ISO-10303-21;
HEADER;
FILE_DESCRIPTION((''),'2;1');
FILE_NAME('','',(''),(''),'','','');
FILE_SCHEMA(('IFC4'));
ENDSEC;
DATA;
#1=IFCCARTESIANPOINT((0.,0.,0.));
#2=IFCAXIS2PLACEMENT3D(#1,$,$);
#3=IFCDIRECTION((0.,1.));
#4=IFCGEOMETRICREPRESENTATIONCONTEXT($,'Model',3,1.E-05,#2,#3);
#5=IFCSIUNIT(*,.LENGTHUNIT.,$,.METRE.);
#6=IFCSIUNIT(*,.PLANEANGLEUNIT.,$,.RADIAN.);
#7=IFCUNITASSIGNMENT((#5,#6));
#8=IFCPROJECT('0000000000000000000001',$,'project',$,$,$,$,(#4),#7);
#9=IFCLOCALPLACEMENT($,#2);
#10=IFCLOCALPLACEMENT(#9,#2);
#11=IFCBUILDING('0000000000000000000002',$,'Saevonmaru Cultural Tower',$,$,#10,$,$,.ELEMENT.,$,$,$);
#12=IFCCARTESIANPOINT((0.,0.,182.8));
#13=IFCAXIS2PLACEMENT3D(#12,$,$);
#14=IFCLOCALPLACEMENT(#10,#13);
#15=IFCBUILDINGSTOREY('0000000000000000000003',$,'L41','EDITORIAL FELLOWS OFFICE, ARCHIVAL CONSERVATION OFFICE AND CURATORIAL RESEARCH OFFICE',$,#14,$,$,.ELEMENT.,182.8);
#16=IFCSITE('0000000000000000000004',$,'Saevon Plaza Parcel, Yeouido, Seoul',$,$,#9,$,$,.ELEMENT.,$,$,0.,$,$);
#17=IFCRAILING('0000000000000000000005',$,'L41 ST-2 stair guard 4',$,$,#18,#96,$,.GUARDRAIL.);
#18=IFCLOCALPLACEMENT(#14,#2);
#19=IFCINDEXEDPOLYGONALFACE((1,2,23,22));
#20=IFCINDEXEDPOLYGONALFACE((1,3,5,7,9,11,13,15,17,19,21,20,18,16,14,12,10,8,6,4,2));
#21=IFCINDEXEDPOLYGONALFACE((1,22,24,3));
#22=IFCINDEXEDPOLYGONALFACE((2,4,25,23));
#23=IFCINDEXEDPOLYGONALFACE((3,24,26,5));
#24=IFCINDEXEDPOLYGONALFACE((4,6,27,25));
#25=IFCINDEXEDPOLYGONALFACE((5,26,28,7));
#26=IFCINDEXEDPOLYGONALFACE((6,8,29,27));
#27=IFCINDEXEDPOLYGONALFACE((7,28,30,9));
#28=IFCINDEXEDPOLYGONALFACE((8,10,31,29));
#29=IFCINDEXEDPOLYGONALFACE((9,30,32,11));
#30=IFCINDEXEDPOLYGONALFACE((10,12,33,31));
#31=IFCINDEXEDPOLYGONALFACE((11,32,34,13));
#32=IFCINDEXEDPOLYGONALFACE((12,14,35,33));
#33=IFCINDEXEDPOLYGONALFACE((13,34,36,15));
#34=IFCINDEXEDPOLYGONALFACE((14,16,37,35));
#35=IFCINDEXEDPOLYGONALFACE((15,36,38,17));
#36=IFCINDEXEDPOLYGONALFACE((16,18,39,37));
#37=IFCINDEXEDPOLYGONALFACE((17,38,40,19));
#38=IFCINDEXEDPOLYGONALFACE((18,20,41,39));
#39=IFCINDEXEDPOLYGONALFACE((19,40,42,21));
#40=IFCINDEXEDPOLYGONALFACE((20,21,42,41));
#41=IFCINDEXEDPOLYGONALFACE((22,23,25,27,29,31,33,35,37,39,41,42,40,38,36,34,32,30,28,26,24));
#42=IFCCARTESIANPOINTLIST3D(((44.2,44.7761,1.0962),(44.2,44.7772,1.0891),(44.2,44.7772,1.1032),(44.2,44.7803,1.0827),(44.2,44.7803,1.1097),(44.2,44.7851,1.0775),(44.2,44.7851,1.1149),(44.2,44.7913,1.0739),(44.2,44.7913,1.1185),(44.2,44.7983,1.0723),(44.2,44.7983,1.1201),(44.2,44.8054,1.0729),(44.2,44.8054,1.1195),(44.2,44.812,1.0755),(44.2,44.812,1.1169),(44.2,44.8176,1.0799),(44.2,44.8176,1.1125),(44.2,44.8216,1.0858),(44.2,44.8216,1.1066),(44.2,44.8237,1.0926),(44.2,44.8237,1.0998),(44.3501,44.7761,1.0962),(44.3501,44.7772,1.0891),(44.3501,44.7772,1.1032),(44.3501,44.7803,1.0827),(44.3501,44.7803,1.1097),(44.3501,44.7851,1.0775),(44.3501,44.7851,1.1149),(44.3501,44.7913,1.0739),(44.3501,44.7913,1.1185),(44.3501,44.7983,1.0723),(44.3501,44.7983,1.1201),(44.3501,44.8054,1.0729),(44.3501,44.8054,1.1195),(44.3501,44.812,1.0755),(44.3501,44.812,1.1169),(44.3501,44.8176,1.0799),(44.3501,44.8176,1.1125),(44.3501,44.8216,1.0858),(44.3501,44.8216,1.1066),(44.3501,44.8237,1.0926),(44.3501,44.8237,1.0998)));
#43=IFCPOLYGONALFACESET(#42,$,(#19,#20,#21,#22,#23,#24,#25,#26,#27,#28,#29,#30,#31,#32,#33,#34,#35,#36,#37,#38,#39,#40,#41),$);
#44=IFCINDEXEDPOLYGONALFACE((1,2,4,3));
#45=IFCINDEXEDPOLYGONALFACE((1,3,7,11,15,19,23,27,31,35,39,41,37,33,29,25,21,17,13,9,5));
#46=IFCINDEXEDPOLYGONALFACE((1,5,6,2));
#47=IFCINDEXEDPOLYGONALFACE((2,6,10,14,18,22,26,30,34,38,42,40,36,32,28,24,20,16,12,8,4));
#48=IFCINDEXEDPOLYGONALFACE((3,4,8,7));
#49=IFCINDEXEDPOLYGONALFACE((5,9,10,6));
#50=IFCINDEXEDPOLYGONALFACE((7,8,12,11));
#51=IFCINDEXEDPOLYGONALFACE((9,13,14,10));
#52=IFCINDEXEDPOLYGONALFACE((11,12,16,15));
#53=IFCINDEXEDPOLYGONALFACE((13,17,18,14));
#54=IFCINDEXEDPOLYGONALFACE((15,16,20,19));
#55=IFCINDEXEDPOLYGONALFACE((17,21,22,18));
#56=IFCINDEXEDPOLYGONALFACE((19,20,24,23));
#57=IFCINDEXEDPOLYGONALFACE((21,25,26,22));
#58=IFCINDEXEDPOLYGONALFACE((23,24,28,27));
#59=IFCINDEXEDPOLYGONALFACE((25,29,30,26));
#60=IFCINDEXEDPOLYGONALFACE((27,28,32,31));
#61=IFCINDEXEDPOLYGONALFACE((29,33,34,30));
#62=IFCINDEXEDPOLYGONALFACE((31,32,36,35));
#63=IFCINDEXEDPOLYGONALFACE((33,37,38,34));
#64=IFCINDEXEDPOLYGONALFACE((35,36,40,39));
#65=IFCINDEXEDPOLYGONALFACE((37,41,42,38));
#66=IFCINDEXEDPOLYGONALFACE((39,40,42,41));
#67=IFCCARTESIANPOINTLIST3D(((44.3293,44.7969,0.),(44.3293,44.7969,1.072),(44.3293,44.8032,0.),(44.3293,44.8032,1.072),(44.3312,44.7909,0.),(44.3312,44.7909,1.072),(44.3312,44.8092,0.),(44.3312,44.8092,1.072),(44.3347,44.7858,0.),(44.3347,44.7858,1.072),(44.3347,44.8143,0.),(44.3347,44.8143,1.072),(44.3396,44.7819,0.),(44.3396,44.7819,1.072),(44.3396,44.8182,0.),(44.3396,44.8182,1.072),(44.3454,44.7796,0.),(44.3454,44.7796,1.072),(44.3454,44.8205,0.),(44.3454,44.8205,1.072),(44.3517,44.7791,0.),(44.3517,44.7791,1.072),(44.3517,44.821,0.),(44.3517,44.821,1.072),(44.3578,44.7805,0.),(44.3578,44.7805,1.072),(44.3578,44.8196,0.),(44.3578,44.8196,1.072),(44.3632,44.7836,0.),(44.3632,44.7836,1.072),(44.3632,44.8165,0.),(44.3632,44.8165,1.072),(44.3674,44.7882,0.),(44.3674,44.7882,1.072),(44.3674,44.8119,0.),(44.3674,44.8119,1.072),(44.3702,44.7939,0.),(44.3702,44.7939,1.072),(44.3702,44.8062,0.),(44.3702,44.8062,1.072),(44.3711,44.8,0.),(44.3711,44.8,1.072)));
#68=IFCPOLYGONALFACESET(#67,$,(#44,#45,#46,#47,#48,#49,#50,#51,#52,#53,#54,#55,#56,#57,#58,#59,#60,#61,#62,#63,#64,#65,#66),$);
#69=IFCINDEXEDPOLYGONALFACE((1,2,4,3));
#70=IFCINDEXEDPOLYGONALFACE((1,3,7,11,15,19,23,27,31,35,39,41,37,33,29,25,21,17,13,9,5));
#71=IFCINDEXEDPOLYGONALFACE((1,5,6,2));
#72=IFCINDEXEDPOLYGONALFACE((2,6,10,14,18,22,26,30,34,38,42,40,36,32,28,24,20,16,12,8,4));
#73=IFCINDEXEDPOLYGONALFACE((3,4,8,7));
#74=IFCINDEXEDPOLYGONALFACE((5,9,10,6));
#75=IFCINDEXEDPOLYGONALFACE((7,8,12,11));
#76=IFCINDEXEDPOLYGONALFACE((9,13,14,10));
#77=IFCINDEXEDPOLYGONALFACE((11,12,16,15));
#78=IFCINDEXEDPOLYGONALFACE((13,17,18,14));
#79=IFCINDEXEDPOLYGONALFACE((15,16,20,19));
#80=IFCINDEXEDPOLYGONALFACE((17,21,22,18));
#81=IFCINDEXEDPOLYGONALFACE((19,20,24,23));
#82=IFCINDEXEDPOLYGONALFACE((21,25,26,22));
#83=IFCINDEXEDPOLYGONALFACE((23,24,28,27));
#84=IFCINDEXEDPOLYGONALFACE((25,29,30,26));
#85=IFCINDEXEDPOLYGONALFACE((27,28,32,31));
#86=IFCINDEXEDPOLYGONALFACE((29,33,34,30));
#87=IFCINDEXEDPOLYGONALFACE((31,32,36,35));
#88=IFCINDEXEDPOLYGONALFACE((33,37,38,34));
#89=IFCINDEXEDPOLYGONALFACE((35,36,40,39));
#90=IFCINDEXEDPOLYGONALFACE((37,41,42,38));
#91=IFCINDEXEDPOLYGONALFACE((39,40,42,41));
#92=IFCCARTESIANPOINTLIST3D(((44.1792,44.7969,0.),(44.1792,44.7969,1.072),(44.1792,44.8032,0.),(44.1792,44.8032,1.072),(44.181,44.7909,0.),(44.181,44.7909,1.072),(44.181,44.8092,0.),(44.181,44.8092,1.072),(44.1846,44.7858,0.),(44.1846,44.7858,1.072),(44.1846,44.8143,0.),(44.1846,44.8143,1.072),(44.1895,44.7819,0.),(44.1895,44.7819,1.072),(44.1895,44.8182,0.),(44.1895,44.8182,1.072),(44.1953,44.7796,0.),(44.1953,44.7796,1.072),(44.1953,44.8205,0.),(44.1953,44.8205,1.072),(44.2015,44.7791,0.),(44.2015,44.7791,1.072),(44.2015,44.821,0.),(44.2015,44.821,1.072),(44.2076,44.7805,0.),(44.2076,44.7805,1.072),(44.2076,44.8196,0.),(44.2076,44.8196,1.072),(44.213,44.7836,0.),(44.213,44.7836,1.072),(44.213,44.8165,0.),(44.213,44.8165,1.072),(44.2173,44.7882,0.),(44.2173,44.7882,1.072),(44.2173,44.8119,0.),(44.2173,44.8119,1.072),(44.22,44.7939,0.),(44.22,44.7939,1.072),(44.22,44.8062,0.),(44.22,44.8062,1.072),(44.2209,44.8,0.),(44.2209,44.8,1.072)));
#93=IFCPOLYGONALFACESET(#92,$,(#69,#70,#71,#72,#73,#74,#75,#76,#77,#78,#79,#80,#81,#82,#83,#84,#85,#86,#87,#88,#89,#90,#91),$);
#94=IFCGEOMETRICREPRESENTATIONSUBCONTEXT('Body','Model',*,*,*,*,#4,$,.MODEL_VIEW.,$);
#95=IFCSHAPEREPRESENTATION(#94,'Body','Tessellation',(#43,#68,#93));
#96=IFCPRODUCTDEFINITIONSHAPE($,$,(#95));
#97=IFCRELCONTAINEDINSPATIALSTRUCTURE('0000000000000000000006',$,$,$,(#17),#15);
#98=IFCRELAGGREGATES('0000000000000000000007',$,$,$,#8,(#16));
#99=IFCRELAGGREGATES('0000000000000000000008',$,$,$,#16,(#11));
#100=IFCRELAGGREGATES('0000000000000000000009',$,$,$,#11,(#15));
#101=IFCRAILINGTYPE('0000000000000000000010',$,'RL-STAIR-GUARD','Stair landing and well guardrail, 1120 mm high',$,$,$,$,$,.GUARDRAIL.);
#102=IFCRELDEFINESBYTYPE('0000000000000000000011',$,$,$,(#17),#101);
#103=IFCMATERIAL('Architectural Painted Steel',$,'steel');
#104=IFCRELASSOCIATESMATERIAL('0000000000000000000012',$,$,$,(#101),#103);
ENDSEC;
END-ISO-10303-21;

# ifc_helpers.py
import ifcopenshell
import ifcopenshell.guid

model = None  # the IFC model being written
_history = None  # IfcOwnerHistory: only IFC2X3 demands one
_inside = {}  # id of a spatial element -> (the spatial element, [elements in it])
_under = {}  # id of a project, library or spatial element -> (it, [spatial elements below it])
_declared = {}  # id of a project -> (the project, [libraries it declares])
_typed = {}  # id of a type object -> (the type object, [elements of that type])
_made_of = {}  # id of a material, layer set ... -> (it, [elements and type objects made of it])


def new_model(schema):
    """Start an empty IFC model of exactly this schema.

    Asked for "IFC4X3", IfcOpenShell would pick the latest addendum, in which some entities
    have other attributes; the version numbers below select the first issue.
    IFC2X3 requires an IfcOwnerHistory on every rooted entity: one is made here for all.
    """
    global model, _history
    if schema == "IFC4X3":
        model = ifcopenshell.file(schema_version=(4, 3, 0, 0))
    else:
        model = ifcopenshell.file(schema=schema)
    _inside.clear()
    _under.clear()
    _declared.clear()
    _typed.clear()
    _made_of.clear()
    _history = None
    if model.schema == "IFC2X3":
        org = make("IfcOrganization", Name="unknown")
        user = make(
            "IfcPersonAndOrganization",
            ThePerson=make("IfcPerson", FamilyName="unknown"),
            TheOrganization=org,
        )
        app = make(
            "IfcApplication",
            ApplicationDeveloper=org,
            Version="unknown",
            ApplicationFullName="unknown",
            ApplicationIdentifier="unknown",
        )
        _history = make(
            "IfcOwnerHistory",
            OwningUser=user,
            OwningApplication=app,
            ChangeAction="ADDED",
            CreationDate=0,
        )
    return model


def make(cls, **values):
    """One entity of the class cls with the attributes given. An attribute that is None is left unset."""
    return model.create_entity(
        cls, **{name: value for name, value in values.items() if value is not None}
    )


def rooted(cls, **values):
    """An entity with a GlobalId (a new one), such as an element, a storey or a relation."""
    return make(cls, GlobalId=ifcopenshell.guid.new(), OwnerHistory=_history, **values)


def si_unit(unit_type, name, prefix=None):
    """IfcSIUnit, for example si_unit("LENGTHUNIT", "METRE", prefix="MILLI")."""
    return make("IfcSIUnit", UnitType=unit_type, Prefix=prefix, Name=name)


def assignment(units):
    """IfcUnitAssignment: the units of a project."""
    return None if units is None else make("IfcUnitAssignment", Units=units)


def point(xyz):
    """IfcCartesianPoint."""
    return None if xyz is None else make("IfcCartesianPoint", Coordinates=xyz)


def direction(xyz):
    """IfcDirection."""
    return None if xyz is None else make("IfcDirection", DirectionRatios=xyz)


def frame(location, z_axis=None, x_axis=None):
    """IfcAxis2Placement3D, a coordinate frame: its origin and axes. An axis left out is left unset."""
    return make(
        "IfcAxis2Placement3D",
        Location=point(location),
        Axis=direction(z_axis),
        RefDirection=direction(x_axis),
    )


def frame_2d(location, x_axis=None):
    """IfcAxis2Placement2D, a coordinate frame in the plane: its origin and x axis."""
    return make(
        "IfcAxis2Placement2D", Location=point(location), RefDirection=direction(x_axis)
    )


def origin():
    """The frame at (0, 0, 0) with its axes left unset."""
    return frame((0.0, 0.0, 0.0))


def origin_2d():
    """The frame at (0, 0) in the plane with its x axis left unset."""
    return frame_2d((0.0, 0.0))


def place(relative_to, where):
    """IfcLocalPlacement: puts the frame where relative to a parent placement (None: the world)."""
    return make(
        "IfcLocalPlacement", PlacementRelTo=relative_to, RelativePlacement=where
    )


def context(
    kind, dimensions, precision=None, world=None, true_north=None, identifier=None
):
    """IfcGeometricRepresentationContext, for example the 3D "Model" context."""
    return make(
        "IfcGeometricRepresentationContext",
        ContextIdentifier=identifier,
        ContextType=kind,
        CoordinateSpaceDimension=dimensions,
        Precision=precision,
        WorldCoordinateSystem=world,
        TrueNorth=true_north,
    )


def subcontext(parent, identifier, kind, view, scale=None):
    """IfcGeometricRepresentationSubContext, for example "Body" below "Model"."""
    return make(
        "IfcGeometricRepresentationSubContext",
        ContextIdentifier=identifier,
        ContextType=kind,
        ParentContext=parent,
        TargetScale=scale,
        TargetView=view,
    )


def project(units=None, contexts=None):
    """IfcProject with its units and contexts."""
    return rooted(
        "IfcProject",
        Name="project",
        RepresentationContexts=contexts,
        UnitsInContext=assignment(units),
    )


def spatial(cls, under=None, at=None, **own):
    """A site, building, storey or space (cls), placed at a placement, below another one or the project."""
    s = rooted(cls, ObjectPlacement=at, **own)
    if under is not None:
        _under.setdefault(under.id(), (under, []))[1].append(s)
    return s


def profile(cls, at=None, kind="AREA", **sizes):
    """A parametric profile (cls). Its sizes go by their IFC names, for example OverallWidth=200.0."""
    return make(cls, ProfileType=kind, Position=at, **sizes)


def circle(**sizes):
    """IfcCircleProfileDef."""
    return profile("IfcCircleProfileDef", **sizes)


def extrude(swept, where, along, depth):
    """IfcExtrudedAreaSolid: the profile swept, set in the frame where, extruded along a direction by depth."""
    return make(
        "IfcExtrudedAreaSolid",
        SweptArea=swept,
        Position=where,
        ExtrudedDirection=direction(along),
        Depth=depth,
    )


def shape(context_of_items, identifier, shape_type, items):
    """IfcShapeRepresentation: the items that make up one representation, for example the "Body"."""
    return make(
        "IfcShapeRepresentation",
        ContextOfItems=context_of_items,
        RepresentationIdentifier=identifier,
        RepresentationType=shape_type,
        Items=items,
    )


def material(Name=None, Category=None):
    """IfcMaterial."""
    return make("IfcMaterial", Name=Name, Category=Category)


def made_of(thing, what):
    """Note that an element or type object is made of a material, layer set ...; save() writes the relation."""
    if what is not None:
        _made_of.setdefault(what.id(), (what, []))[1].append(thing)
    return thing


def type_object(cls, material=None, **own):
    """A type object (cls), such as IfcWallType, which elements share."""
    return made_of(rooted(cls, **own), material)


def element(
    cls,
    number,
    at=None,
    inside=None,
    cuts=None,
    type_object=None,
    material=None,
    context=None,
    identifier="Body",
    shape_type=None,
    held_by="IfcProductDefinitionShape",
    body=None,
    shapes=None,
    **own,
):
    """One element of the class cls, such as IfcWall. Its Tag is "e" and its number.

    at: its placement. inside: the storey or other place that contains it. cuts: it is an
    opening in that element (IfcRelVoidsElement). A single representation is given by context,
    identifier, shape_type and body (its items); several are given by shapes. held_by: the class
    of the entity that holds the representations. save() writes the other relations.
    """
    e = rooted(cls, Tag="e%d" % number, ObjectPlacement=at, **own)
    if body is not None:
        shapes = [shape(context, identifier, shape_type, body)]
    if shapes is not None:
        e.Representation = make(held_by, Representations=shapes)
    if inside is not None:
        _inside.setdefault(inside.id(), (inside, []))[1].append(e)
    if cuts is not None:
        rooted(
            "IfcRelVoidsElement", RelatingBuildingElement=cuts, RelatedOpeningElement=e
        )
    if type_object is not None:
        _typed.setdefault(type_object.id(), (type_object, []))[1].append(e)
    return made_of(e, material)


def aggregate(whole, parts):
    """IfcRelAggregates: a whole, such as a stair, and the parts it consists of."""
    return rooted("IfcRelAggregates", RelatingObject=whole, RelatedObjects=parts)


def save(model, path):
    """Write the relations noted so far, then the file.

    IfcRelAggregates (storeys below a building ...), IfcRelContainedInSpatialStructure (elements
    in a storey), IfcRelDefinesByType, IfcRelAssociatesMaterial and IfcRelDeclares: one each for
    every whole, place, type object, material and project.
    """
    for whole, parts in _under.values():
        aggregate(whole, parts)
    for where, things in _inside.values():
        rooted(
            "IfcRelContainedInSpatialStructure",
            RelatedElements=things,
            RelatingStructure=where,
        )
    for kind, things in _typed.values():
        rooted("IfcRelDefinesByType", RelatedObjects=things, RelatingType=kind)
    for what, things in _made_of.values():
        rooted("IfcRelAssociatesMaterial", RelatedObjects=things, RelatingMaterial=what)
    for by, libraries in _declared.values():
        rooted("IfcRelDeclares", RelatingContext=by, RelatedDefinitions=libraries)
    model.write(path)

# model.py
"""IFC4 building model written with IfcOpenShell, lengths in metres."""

from ifc_helpers import new_model, si_unit, direction, frame, origin, origin_2d, place, context, subcontext, project, spatial, circle, extrude, material, type_object, element, save


model = new_model("IFC4")

# Units and contexts
model_context = context("Model", 3, precision=1e-05, world=origin(), true_north=direction((0.0, 1.0)))
body_context = subcontext(model_context, "Body", "Model", "MODEL_VIEW")
ifc_project = project(units=[si_unit("LENGTHUNIT", "METRE"), si_unit("PLANEANGLEUNIT", "RADIAN")], contexts=[model_context])

# Site, building, storey
site_placement = place(None, origin())
site = spatial("IfcSite", under=ifc_project, at=site_placement, Name="Saevon Plaza Parcel, Yeouido, Seoul", CompositionType="ELEMENT", RefElevation=0.0)
building_placement = place(site_placement, origin())
building = spatial("IfcBuilding", under=site, at=building_placement, Name="Saevonmaru Cultural Tower", CompositionType="ELEMENT")
storey_placement = place(building_placement, frame((0.0, 0.0, 182.8)))
storey = spatial("IfcBuildingStorey", under=building, at=storey_placement, Name="L41", Description="EDITORIAL FELLOWS OFFICE, ARCHIVAL CONSERVATION OFFICE AND CURATORIAL RESEARCH OFFICE", CompositionType="ELEMENT", Elevation=182.8)

# Railing
ifc_material_1 = material(Name="Architectural Painted Steel", Category="steel")
railing_type_1 = type_object("IfcRailingType", Name="RL-STAIR-GUARD", Description="Stair landing and well guardrail, 1120 mm high", PredefinedType="GUARDRAIL", material=ifc_material_1)
railing_1_placement = place(storey_placement, frame((44.3501, 44.8, 0.0)))
element("IfcRailing", 1, at=railing_1_placement, inside=storey, type_object=railing_type_1, Name="L41 ST-2 stair guard 4", PredefinedType="GUARDRAIL", context=body_context, shape_type="SweptSolid", body=[
    extrude(circle(Radius=0.0239, at=origin_2d()), frame((0.0, 0.0, 1.0962), z_axis=(-1.0, 0.0, 0.0), x_axis=(0.0, -1.0, 0.0)), (0.0, 0.0, 1.0), 0.1501),
    extrude(circle(Radius=0.021, at=origin_2d()), origin(), (0.0, 0.0, 1.0), 1.072),
    extrude(circle(Radius=0.021, at=origin_2d()), frame((-0.1501, 0.0, 0.0)), (0.0, 0.0, 1.0), 1.072),
])

save(model, "model.ifc")
